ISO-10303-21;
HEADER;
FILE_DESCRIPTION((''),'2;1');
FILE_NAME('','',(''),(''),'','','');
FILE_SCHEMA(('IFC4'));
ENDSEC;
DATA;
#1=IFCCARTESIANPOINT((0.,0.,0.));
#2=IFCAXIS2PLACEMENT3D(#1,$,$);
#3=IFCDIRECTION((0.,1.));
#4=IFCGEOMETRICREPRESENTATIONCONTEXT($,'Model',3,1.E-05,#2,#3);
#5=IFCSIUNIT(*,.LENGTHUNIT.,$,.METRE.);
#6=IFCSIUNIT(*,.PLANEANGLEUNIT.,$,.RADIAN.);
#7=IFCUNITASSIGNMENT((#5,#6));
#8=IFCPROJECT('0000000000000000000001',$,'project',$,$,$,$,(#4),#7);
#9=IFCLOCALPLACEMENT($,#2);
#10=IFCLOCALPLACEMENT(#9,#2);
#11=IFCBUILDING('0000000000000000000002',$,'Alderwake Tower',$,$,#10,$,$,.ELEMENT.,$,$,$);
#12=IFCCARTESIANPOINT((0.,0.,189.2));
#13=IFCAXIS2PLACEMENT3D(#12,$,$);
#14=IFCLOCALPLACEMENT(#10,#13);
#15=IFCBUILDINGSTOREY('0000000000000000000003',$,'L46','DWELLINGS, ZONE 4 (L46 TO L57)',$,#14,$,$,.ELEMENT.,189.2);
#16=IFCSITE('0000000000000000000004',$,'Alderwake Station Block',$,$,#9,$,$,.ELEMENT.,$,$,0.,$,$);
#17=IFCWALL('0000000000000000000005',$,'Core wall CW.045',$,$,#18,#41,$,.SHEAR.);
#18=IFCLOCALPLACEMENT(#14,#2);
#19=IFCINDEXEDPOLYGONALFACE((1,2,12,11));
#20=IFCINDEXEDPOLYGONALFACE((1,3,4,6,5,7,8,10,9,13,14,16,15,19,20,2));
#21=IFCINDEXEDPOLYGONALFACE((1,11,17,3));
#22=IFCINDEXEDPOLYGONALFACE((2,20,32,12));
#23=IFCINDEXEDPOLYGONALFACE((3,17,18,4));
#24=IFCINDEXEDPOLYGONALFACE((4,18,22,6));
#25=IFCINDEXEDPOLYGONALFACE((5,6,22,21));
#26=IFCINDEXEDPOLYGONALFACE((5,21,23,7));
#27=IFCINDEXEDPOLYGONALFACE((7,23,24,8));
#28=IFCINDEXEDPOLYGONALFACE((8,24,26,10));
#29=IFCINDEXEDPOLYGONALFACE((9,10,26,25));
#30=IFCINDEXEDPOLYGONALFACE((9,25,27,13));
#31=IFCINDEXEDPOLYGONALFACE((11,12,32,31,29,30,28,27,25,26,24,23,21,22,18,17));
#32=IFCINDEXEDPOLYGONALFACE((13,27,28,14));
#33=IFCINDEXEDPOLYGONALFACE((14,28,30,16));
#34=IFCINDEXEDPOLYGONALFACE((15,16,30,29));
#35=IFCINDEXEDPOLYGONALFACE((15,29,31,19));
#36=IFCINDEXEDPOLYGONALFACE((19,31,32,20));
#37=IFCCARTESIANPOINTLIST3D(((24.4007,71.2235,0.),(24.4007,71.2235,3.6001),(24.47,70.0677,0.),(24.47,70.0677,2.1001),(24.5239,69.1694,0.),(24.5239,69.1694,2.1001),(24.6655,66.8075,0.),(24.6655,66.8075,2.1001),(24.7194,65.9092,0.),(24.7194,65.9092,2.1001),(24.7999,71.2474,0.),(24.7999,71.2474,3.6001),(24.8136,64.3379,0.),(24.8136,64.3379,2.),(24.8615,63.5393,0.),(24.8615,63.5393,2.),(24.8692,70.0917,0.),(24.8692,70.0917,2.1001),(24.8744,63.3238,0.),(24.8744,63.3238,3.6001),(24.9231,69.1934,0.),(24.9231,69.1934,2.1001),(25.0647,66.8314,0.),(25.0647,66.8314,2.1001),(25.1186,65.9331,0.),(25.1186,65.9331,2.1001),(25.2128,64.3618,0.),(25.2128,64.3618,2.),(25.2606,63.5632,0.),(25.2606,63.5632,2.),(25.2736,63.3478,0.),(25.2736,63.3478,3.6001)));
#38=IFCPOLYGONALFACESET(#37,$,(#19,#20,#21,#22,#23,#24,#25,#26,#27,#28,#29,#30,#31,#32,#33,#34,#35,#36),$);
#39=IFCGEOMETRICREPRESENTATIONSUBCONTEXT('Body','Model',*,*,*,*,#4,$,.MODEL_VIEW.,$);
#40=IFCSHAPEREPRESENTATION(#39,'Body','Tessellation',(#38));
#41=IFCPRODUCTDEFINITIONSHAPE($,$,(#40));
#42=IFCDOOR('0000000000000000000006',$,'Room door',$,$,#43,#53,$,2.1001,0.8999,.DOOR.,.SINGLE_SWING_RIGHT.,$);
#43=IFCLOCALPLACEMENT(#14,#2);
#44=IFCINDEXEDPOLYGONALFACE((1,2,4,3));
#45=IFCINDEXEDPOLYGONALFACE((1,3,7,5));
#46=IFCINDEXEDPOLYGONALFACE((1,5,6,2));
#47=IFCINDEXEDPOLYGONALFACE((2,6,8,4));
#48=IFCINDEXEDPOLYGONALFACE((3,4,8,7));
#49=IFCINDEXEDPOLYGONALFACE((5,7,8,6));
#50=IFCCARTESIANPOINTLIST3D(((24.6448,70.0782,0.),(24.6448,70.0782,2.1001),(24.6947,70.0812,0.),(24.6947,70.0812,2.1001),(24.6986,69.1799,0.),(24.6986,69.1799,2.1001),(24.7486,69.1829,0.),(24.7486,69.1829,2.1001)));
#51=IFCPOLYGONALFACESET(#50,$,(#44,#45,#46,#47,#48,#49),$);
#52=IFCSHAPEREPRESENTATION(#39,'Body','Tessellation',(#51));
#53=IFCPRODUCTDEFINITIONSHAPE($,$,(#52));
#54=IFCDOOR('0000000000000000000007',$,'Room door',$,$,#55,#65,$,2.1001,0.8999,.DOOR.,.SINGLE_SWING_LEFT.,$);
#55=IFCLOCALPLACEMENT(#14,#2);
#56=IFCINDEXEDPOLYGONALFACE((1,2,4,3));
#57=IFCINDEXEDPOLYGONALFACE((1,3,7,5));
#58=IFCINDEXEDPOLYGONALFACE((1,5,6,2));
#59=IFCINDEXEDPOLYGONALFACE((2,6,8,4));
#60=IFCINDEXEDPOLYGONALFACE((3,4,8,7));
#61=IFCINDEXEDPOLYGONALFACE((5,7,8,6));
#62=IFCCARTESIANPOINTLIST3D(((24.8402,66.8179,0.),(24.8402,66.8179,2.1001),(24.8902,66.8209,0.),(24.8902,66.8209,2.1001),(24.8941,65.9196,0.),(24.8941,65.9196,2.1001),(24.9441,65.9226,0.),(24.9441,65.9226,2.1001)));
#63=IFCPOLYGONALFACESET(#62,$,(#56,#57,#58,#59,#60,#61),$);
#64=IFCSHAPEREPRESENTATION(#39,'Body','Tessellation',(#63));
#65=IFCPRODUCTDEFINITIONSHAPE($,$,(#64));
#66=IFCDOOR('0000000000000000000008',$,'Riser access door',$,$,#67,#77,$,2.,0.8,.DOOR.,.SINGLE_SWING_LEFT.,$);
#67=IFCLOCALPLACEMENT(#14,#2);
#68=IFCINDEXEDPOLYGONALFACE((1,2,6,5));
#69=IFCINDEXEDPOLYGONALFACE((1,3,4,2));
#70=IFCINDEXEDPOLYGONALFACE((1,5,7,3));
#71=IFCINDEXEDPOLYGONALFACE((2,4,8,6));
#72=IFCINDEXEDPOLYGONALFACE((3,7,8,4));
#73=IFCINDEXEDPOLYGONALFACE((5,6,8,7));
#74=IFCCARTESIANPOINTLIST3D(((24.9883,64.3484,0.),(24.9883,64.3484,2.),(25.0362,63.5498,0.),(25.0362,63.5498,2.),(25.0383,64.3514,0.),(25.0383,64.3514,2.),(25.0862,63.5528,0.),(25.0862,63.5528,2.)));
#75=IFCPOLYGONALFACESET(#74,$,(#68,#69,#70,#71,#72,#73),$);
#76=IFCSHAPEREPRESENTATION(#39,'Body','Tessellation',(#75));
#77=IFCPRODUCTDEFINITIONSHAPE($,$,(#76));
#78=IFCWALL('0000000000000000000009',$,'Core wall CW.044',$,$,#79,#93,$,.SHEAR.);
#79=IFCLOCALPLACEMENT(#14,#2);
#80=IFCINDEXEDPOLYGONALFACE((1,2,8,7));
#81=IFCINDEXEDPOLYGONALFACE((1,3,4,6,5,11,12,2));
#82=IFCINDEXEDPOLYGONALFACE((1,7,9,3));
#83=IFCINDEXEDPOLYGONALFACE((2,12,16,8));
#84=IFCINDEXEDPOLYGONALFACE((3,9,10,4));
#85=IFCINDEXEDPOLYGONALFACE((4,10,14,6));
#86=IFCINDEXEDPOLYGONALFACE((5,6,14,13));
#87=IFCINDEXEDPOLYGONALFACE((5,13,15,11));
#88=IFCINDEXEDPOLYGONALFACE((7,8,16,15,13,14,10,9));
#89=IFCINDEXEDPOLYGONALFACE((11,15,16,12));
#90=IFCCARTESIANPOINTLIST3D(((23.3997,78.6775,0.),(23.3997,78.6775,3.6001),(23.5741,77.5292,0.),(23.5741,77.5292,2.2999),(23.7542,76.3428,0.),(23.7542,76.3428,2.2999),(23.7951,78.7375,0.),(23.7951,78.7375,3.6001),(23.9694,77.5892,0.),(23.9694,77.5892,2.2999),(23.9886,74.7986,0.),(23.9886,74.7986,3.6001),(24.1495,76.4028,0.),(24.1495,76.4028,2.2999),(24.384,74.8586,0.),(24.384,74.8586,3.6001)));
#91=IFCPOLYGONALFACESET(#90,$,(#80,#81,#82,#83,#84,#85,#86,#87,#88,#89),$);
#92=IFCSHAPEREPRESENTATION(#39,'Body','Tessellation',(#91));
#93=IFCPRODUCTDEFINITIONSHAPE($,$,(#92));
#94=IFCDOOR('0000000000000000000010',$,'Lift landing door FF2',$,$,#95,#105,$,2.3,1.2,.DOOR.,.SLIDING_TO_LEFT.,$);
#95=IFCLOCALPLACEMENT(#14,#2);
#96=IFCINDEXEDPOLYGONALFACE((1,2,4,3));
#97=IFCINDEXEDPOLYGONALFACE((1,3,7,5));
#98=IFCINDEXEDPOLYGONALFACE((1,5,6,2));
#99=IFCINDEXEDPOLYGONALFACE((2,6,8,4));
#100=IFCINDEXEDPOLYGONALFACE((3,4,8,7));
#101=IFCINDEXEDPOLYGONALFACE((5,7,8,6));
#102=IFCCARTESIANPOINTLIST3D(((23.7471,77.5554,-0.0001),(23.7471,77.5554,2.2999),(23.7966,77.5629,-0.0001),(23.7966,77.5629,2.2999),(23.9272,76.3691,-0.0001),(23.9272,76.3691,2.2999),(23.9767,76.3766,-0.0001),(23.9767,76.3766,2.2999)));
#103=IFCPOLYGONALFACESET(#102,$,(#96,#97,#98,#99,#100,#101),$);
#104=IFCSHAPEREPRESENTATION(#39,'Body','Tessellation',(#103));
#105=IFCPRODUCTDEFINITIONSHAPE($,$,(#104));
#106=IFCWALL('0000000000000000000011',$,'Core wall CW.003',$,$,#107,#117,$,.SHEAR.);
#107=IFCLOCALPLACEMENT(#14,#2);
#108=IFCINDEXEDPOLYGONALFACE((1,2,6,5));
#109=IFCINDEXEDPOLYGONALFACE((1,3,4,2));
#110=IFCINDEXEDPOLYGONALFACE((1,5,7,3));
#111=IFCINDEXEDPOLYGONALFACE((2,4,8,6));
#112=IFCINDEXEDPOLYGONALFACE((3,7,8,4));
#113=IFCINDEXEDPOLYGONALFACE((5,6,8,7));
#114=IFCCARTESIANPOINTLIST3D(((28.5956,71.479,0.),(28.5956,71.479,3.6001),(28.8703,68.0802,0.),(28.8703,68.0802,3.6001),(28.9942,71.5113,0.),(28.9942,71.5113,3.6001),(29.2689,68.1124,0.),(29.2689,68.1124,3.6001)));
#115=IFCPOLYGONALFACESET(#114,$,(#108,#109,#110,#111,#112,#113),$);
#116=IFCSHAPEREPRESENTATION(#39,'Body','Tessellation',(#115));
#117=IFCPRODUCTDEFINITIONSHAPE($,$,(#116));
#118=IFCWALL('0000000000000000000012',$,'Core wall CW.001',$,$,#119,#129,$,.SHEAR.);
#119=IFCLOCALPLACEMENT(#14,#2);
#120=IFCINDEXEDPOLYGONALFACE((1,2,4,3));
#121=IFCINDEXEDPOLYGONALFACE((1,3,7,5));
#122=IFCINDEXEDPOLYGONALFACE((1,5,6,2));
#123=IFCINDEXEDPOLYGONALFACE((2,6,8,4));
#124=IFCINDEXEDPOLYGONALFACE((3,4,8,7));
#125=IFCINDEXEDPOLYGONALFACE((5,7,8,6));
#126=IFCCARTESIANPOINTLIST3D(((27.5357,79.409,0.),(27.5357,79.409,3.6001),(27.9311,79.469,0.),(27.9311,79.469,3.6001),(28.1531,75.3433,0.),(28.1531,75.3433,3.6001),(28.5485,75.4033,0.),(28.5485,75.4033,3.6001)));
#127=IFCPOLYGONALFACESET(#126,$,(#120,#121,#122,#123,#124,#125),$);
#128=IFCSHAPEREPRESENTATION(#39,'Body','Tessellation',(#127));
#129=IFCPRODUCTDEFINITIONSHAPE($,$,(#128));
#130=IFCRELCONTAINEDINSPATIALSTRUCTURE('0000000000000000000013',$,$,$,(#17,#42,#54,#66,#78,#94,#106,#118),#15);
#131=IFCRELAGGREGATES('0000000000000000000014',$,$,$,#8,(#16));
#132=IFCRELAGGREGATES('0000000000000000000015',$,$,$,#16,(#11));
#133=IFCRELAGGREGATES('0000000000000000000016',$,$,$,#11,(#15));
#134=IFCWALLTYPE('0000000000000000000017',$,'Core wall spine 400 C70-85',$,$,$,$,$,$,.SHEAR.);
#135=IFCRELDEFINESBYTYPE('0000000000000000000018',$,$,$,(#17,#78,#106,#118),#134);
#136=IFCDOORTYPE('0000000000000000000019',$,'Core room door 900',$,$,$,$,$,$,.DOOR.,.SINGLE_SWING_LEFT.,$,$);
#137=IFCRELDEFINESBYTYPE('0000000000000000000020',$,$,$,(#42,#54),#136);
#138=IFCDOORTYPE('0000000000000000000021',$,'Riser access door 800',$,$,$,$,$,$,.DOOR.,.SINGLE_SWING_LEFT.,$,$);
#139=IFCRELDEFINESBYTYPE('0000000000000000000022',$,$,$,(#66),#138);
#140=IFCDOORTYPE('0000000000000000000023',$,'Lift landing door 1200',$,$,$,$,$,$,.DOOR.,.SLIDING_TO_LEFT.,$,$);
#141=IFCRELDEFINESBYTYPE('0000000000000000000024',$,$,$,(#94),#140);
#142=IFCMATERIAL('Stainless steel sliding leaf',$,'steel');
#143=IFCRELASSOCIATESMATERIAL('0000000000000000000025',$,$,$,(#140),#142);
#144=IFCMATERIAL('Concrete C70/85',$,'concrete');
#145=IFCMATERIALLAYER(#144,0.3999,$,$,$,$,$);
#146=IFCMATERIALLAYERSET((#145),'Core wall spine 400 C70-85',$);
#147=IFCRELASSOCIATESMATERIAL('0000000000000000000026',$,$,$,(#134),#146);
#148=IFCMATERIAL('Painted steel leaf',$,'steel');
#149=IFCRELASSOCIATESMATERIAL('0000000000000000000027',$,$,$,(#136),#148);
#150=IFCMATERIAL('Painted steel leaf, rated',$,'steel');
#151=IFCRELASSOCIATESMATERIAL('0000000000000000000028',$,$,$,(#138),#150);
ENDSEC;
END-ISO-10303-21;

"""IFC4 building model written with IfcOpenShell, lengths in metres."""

from ifc_helpers import new_model, si_unit, direction, frame, frame_2d, origin, place, context, subcontext, project, spatial, rectangle, extrude, material, layer, layer_set, type_object, element, fill, save


model = new_model("IFC4")

# Units and contexts
model_context = context("Model", 3, precision=1e-05, world=origin(), true_north=direction((0.0, 1.0)))
body_context = subcontext(model_context, "Body", "Model", "MODEL_VIEW")
ifc_project = project(units=[si_unit("LENGTHUNIT", "METRE"), si_unit("PLANEANGLEUNIT", "RADIAN")], contexts=[model_context])

# Site, building, storey
site_placement = place(None, origin())
site = spatial("IfcSite", under=ifc_project, at=site_placement, Name="Alderwake Station Block", CompositionType="ELEMENT", RefElevation=0.0)
building_placement = place(site_placement, origin())
building = spatial("IfcBuilding", under=site, at=building_placement, Name="Alderwake Tower", CompositionType="ELEMENT")
storey_placement = place(building_placement, frame((0.0, 0.0, 189.2)))
storey = spatial("IfcBuildingStorey", under=building, at=storey_placement, Name="L46", Description="DWELLINGS, ZONE 4 (L46 TO L57)", CompositionType="ELEMENT", Elevation=189.2)

# Shared definitions
ifc_material_1 = material(Name="Stainless steel sliding leaf", Category="steel")
door_type_1 = type_object("IfcDoorType", Name="Lift landing door 1200", OperationType="SLIDING_TO_LEFT", PredefinedType="DOOR", material=ifc_material_1)

# Wall, openings, doors
ifc_material_2 = material(Name="Concrete C70/85", Category="concrete")
ifc_layer_1 = layer(ifc_material_2, 0.3999)
ifc_layer_set_1 = layer_set([ifc_layer_1], Name="Core wall spine 400 C70-85")
wall_type_1 = type_object("IfcWallType", Name="Core wall spine 400 C70-85", PredefinedType="SHEAR", material=ifc_layer_set_1)
wall_1_placement = place(storey_placement, frame((25.074, 63.3357, 0.0), z_axis=(0.0, 0.0, 1.0), x_axis=(-0.059849, 0.998207, 0.0)))
wall_1 = element("IfcWall", 1, at=wall_1_placement, inside=storey, type_object=wall_type_1, Name="Core wall CW.045", PredefinedType="SHEAR", context=body_context, shape_type="SweptSolid", body=[
    extrude(rectangle(XDim=7.9138, YDim=0.3999, at=frame_2d((3.957, 0.0))), origin(), (0.0, 0.0, 1.0), 3.6001),
])
opening_1_placement = place(wall_1_placement, frame((0.2161, 0.0, 0.0)))
opening_1 = element("IfcOpeningElement", 2, at=opening_1_placement, cuts=wall_1, PredefinedType="OPENING", context=body_context, shape_type="SweptSolid", body=[
    extrude(rectangle(XDim=0.8, YDim=2.0, at=frame_2d((0.3999, 1.0))), frame((0.0, 0.21, 0.0), z_axis=(0.0, -1.0, 0.0), x_axis=(1.0, 0.0, 0.0)), (0.0, 0.0, 1.0), 0.4199),
])
opening_2_placement = place(wall_1_placement, frame((5.8562, 0.0, 0.0)))
opening_2 = element("IfcOpeningElement", 3, at=opening_2_placement, cuts=wall_1, PredefinedType="OPENING", context=body_context, shape_type="SweptSolid", body=[
    extrude(rectangle(XDim=0.8999, YDim=2.1001, at=frame_2d((0.45, 1.05))), frame((0.0, 0.21, 0.0), z_axis=(0.0, -1.0, 0.0), x_axis=(1.0, 0.0, 0.0)), (0.0, 0.0, 1.0), 0.4199),
])
opening_3_placement = place(wall_1_placement, frame((2.5901, 0.0, 0.0)))
opening_3 = element("IfcOpeningElement", 4, at=opening_3_placement, cuts=wall_1, PredefinedType="OPENING", context=body_context, shape_type="SweptSolid", body=[
    extrude(rectangle(XDim=0.8999, YDim=2.1001, at=frame_2d((0.45, 1.05))), frame((0.0, 0.21, 0.0), z_axis=(0.0, -1.0, 0.0), x_axis=(1.0, 0.0, 0.0)), (0.0, 0.0, 1.0), 0.4199),
])
ifc_material_3 = material(Name="Painted steel leaf", Category="steel")
door_type_2 = type_object("IfcDoorType", Name="Core room door 900", OperationType="SINGLE_SWING_LEFT", PredefinedType="DOOR", material=ifc_material_3)
door_1_placement = place(opening_2_placement, origin())
door_1 = element("IfcDoor", 5, at=door_1_placement, inside=storey, type_object=door_type_2, Name="Room door", OperationType="SINGLE_SWING_RIGHT", OverallHeight=2.1001, OverallWidth=0.8999, PredefinedType="DOOR", context=body_context, shape_type="SweptSolid", body=[
    extrude(rectangle(XDim=0.8999, YDim=2.1001, at=frame_2d((0.45, 1.05))), frame((0.0, 0.0249, 0.0), z_axis=(0.0, -1.0, 0.0), x_axis=(1.0, 0.0, 0.0)), (0.0, 0.0, 1.0), 0.05),
])
fill(opening_2, door_1)
door_2_placement = place(opening_3_placement, origin())
door_2 = element("IfcDoor", 6, at=door_2_placement, inside=storey, type_object=door_type_2, Name="Room door", OperationType="SINGLE_SWING_LEFT", OverallHeight=2.1001, OverallWidth=0.8999, PredefinedType="DOOR", context=body_context, shape_type="SweptSolid", body=[
    extrude(rectangle(XDim=0.8999, YDim=2.1001, at=frame_2d((0.45, 1.05))), frame((0.0, 0.0249, 0.0), z_axis=(0.0, -1.0, 0.0), x_axis=(1.0, 0.0, 0.0)), (0.0, 0.0, 1.0), 0.05),
])
fill(opening_3, door_2)
ifc_material_4 = material(Name="Painted steel leaf, rated", Category="steel")
door_type_3 = type_object("IfcDoorType", Name="Riser access door 800", OperationType="SINGLE_SWING_LEFT", PredefinedType="DOOR", material=ifc_material_4)
door_3_placement = place(opening_1_placement, origin())
door_3 = element("IfcDoor", 7, at=door_3_placement, inside=storey, type_object=door_type_3, Name="Riser access door", OperationType="SINGLE_SWING_LEFT", OverallHeight=2.0, OverallWidth=0.8, PredefinedType="DOOR", context=body_context, shape_type="SweptSolid", body=[
    extrude(rectangle(XDim=0.8, YDim=2.0, at=frame_2d((0.3999, 1.0))), frame((0.0, 0.0249, 0.0), z_axis=(0.0, -1.0, 0.0), x_axis=(1.0, 0.0, 0.0)), (0.0, 0.0, 1.0), 0.05),
])
fill(opening_1, door_3)

# Wall, opening, door
wall_2_placement = place(storey_placement, frame((24.1863, 74.8286, 0.0), z_axis=(0.0, 0.0, 1.0), x_axis=(-0.150093, 0.988672, 0.0)))
wall_2 = element("IfcWall", 8, at=wall_2_placement, inside=storey, type_object=wall_type_1, Name="Core wall CW.044", PredefinedType="SHEAR", context=body_context, shape_type="SweptSolid", body=[
    extrude(rectangle(XDim=3.9233, YDim=0.3999, at=frame_2d((1.9617, 0.0))), origin(), (0.0, 0.0, 1.0), 3.6001),
])
opening_4_placement = place(wall_2_placement, frame((1.5618, 0.0, 0.0)))
opening_4 = element("IfcOpeningElement", 9, at=opening_4_placement, cuts=wall_2, PredefinedType="OPENING", context=body_context, shape_type="SweptSolid", body=[
    extrude(rectangle(XDim=1.2, YDim=2.3, at=frame_2d((0.6001, 1.1499))), frame((0.0, 0.21, 0.0), z_axis=(0.0, -1.0, 0.0), x_axis=(1.0, 0.0, 0.0)), (0.0, 0.0, 1.0), 0.4199),
])
door_4_placement = place(opening_4_placement, origin())
door_4 = element("IfcDoor", 10, at=door_4_placement, inside=storey, type_object=door_type_1, Name="Lift landing door FF2", OperationType="SLIDING_TO_LEFT", OverallHeight=2.3, OverallWidth=1.2, PredefinedType="DOOR", context=body_context, shape_type="SweptSolid", body=[
    extrude(rectangle(XDim=1.2, YDim=2.3, at=frame_2d((0.6001, 1.1499))), frame((0.0, 0.0249, 0.0), z_axis=(0.0, -1.0, 0.0), x_axis=(1.0, 0.0, 0.0)), (0.0, 0.0, 1.0), 0.05),
])
fill(opening_4, door_4)

# Walls
wall_3_placement = place(storey_placement, frame((29.0696, 68.0962, 0.0), z_axis=(0.0, 0.0, 1.0), x_axis=(-0.080545, 0.996751, 0.0)))
element("IfcWall", 11, at=wall_3_placement, inside=storey, type_object=wall_type_1, Name="Core wall CW.003", PredefinedType="SHEAR", context=body_context, shape_type="SweptSolid", body=[
    extrude(rectangle(XDim=3.4099, YDim=0.3999, at=frame_2d((1.7051, 0.0))), origin(), (0.0, 0.0, 1.0), 3.6001),
])
wall_4_placement = place(storey_placement, frame((28.3508, 75.3733, 0.0), z_axis=(0.0, 0.0, 1.0), x_axis=(-0.150143, 0.988664, 0.0)))
element("IfcWall", 12, at=wall_4_placement, inside=storey, type_object=wall_type_1, Name="Core wall CW.001", PredefinedType="SHEAR", context=body_context, shape_type="SweptSolid", body=[
    extrude(rectangle(XDim=4.1123, YDim=0.3999, at=frame_2d((2.0562, 0.0))), origin(), (0.0, 0.0, 1.0), 3.6001),
])

save(model, "model.ifc")
